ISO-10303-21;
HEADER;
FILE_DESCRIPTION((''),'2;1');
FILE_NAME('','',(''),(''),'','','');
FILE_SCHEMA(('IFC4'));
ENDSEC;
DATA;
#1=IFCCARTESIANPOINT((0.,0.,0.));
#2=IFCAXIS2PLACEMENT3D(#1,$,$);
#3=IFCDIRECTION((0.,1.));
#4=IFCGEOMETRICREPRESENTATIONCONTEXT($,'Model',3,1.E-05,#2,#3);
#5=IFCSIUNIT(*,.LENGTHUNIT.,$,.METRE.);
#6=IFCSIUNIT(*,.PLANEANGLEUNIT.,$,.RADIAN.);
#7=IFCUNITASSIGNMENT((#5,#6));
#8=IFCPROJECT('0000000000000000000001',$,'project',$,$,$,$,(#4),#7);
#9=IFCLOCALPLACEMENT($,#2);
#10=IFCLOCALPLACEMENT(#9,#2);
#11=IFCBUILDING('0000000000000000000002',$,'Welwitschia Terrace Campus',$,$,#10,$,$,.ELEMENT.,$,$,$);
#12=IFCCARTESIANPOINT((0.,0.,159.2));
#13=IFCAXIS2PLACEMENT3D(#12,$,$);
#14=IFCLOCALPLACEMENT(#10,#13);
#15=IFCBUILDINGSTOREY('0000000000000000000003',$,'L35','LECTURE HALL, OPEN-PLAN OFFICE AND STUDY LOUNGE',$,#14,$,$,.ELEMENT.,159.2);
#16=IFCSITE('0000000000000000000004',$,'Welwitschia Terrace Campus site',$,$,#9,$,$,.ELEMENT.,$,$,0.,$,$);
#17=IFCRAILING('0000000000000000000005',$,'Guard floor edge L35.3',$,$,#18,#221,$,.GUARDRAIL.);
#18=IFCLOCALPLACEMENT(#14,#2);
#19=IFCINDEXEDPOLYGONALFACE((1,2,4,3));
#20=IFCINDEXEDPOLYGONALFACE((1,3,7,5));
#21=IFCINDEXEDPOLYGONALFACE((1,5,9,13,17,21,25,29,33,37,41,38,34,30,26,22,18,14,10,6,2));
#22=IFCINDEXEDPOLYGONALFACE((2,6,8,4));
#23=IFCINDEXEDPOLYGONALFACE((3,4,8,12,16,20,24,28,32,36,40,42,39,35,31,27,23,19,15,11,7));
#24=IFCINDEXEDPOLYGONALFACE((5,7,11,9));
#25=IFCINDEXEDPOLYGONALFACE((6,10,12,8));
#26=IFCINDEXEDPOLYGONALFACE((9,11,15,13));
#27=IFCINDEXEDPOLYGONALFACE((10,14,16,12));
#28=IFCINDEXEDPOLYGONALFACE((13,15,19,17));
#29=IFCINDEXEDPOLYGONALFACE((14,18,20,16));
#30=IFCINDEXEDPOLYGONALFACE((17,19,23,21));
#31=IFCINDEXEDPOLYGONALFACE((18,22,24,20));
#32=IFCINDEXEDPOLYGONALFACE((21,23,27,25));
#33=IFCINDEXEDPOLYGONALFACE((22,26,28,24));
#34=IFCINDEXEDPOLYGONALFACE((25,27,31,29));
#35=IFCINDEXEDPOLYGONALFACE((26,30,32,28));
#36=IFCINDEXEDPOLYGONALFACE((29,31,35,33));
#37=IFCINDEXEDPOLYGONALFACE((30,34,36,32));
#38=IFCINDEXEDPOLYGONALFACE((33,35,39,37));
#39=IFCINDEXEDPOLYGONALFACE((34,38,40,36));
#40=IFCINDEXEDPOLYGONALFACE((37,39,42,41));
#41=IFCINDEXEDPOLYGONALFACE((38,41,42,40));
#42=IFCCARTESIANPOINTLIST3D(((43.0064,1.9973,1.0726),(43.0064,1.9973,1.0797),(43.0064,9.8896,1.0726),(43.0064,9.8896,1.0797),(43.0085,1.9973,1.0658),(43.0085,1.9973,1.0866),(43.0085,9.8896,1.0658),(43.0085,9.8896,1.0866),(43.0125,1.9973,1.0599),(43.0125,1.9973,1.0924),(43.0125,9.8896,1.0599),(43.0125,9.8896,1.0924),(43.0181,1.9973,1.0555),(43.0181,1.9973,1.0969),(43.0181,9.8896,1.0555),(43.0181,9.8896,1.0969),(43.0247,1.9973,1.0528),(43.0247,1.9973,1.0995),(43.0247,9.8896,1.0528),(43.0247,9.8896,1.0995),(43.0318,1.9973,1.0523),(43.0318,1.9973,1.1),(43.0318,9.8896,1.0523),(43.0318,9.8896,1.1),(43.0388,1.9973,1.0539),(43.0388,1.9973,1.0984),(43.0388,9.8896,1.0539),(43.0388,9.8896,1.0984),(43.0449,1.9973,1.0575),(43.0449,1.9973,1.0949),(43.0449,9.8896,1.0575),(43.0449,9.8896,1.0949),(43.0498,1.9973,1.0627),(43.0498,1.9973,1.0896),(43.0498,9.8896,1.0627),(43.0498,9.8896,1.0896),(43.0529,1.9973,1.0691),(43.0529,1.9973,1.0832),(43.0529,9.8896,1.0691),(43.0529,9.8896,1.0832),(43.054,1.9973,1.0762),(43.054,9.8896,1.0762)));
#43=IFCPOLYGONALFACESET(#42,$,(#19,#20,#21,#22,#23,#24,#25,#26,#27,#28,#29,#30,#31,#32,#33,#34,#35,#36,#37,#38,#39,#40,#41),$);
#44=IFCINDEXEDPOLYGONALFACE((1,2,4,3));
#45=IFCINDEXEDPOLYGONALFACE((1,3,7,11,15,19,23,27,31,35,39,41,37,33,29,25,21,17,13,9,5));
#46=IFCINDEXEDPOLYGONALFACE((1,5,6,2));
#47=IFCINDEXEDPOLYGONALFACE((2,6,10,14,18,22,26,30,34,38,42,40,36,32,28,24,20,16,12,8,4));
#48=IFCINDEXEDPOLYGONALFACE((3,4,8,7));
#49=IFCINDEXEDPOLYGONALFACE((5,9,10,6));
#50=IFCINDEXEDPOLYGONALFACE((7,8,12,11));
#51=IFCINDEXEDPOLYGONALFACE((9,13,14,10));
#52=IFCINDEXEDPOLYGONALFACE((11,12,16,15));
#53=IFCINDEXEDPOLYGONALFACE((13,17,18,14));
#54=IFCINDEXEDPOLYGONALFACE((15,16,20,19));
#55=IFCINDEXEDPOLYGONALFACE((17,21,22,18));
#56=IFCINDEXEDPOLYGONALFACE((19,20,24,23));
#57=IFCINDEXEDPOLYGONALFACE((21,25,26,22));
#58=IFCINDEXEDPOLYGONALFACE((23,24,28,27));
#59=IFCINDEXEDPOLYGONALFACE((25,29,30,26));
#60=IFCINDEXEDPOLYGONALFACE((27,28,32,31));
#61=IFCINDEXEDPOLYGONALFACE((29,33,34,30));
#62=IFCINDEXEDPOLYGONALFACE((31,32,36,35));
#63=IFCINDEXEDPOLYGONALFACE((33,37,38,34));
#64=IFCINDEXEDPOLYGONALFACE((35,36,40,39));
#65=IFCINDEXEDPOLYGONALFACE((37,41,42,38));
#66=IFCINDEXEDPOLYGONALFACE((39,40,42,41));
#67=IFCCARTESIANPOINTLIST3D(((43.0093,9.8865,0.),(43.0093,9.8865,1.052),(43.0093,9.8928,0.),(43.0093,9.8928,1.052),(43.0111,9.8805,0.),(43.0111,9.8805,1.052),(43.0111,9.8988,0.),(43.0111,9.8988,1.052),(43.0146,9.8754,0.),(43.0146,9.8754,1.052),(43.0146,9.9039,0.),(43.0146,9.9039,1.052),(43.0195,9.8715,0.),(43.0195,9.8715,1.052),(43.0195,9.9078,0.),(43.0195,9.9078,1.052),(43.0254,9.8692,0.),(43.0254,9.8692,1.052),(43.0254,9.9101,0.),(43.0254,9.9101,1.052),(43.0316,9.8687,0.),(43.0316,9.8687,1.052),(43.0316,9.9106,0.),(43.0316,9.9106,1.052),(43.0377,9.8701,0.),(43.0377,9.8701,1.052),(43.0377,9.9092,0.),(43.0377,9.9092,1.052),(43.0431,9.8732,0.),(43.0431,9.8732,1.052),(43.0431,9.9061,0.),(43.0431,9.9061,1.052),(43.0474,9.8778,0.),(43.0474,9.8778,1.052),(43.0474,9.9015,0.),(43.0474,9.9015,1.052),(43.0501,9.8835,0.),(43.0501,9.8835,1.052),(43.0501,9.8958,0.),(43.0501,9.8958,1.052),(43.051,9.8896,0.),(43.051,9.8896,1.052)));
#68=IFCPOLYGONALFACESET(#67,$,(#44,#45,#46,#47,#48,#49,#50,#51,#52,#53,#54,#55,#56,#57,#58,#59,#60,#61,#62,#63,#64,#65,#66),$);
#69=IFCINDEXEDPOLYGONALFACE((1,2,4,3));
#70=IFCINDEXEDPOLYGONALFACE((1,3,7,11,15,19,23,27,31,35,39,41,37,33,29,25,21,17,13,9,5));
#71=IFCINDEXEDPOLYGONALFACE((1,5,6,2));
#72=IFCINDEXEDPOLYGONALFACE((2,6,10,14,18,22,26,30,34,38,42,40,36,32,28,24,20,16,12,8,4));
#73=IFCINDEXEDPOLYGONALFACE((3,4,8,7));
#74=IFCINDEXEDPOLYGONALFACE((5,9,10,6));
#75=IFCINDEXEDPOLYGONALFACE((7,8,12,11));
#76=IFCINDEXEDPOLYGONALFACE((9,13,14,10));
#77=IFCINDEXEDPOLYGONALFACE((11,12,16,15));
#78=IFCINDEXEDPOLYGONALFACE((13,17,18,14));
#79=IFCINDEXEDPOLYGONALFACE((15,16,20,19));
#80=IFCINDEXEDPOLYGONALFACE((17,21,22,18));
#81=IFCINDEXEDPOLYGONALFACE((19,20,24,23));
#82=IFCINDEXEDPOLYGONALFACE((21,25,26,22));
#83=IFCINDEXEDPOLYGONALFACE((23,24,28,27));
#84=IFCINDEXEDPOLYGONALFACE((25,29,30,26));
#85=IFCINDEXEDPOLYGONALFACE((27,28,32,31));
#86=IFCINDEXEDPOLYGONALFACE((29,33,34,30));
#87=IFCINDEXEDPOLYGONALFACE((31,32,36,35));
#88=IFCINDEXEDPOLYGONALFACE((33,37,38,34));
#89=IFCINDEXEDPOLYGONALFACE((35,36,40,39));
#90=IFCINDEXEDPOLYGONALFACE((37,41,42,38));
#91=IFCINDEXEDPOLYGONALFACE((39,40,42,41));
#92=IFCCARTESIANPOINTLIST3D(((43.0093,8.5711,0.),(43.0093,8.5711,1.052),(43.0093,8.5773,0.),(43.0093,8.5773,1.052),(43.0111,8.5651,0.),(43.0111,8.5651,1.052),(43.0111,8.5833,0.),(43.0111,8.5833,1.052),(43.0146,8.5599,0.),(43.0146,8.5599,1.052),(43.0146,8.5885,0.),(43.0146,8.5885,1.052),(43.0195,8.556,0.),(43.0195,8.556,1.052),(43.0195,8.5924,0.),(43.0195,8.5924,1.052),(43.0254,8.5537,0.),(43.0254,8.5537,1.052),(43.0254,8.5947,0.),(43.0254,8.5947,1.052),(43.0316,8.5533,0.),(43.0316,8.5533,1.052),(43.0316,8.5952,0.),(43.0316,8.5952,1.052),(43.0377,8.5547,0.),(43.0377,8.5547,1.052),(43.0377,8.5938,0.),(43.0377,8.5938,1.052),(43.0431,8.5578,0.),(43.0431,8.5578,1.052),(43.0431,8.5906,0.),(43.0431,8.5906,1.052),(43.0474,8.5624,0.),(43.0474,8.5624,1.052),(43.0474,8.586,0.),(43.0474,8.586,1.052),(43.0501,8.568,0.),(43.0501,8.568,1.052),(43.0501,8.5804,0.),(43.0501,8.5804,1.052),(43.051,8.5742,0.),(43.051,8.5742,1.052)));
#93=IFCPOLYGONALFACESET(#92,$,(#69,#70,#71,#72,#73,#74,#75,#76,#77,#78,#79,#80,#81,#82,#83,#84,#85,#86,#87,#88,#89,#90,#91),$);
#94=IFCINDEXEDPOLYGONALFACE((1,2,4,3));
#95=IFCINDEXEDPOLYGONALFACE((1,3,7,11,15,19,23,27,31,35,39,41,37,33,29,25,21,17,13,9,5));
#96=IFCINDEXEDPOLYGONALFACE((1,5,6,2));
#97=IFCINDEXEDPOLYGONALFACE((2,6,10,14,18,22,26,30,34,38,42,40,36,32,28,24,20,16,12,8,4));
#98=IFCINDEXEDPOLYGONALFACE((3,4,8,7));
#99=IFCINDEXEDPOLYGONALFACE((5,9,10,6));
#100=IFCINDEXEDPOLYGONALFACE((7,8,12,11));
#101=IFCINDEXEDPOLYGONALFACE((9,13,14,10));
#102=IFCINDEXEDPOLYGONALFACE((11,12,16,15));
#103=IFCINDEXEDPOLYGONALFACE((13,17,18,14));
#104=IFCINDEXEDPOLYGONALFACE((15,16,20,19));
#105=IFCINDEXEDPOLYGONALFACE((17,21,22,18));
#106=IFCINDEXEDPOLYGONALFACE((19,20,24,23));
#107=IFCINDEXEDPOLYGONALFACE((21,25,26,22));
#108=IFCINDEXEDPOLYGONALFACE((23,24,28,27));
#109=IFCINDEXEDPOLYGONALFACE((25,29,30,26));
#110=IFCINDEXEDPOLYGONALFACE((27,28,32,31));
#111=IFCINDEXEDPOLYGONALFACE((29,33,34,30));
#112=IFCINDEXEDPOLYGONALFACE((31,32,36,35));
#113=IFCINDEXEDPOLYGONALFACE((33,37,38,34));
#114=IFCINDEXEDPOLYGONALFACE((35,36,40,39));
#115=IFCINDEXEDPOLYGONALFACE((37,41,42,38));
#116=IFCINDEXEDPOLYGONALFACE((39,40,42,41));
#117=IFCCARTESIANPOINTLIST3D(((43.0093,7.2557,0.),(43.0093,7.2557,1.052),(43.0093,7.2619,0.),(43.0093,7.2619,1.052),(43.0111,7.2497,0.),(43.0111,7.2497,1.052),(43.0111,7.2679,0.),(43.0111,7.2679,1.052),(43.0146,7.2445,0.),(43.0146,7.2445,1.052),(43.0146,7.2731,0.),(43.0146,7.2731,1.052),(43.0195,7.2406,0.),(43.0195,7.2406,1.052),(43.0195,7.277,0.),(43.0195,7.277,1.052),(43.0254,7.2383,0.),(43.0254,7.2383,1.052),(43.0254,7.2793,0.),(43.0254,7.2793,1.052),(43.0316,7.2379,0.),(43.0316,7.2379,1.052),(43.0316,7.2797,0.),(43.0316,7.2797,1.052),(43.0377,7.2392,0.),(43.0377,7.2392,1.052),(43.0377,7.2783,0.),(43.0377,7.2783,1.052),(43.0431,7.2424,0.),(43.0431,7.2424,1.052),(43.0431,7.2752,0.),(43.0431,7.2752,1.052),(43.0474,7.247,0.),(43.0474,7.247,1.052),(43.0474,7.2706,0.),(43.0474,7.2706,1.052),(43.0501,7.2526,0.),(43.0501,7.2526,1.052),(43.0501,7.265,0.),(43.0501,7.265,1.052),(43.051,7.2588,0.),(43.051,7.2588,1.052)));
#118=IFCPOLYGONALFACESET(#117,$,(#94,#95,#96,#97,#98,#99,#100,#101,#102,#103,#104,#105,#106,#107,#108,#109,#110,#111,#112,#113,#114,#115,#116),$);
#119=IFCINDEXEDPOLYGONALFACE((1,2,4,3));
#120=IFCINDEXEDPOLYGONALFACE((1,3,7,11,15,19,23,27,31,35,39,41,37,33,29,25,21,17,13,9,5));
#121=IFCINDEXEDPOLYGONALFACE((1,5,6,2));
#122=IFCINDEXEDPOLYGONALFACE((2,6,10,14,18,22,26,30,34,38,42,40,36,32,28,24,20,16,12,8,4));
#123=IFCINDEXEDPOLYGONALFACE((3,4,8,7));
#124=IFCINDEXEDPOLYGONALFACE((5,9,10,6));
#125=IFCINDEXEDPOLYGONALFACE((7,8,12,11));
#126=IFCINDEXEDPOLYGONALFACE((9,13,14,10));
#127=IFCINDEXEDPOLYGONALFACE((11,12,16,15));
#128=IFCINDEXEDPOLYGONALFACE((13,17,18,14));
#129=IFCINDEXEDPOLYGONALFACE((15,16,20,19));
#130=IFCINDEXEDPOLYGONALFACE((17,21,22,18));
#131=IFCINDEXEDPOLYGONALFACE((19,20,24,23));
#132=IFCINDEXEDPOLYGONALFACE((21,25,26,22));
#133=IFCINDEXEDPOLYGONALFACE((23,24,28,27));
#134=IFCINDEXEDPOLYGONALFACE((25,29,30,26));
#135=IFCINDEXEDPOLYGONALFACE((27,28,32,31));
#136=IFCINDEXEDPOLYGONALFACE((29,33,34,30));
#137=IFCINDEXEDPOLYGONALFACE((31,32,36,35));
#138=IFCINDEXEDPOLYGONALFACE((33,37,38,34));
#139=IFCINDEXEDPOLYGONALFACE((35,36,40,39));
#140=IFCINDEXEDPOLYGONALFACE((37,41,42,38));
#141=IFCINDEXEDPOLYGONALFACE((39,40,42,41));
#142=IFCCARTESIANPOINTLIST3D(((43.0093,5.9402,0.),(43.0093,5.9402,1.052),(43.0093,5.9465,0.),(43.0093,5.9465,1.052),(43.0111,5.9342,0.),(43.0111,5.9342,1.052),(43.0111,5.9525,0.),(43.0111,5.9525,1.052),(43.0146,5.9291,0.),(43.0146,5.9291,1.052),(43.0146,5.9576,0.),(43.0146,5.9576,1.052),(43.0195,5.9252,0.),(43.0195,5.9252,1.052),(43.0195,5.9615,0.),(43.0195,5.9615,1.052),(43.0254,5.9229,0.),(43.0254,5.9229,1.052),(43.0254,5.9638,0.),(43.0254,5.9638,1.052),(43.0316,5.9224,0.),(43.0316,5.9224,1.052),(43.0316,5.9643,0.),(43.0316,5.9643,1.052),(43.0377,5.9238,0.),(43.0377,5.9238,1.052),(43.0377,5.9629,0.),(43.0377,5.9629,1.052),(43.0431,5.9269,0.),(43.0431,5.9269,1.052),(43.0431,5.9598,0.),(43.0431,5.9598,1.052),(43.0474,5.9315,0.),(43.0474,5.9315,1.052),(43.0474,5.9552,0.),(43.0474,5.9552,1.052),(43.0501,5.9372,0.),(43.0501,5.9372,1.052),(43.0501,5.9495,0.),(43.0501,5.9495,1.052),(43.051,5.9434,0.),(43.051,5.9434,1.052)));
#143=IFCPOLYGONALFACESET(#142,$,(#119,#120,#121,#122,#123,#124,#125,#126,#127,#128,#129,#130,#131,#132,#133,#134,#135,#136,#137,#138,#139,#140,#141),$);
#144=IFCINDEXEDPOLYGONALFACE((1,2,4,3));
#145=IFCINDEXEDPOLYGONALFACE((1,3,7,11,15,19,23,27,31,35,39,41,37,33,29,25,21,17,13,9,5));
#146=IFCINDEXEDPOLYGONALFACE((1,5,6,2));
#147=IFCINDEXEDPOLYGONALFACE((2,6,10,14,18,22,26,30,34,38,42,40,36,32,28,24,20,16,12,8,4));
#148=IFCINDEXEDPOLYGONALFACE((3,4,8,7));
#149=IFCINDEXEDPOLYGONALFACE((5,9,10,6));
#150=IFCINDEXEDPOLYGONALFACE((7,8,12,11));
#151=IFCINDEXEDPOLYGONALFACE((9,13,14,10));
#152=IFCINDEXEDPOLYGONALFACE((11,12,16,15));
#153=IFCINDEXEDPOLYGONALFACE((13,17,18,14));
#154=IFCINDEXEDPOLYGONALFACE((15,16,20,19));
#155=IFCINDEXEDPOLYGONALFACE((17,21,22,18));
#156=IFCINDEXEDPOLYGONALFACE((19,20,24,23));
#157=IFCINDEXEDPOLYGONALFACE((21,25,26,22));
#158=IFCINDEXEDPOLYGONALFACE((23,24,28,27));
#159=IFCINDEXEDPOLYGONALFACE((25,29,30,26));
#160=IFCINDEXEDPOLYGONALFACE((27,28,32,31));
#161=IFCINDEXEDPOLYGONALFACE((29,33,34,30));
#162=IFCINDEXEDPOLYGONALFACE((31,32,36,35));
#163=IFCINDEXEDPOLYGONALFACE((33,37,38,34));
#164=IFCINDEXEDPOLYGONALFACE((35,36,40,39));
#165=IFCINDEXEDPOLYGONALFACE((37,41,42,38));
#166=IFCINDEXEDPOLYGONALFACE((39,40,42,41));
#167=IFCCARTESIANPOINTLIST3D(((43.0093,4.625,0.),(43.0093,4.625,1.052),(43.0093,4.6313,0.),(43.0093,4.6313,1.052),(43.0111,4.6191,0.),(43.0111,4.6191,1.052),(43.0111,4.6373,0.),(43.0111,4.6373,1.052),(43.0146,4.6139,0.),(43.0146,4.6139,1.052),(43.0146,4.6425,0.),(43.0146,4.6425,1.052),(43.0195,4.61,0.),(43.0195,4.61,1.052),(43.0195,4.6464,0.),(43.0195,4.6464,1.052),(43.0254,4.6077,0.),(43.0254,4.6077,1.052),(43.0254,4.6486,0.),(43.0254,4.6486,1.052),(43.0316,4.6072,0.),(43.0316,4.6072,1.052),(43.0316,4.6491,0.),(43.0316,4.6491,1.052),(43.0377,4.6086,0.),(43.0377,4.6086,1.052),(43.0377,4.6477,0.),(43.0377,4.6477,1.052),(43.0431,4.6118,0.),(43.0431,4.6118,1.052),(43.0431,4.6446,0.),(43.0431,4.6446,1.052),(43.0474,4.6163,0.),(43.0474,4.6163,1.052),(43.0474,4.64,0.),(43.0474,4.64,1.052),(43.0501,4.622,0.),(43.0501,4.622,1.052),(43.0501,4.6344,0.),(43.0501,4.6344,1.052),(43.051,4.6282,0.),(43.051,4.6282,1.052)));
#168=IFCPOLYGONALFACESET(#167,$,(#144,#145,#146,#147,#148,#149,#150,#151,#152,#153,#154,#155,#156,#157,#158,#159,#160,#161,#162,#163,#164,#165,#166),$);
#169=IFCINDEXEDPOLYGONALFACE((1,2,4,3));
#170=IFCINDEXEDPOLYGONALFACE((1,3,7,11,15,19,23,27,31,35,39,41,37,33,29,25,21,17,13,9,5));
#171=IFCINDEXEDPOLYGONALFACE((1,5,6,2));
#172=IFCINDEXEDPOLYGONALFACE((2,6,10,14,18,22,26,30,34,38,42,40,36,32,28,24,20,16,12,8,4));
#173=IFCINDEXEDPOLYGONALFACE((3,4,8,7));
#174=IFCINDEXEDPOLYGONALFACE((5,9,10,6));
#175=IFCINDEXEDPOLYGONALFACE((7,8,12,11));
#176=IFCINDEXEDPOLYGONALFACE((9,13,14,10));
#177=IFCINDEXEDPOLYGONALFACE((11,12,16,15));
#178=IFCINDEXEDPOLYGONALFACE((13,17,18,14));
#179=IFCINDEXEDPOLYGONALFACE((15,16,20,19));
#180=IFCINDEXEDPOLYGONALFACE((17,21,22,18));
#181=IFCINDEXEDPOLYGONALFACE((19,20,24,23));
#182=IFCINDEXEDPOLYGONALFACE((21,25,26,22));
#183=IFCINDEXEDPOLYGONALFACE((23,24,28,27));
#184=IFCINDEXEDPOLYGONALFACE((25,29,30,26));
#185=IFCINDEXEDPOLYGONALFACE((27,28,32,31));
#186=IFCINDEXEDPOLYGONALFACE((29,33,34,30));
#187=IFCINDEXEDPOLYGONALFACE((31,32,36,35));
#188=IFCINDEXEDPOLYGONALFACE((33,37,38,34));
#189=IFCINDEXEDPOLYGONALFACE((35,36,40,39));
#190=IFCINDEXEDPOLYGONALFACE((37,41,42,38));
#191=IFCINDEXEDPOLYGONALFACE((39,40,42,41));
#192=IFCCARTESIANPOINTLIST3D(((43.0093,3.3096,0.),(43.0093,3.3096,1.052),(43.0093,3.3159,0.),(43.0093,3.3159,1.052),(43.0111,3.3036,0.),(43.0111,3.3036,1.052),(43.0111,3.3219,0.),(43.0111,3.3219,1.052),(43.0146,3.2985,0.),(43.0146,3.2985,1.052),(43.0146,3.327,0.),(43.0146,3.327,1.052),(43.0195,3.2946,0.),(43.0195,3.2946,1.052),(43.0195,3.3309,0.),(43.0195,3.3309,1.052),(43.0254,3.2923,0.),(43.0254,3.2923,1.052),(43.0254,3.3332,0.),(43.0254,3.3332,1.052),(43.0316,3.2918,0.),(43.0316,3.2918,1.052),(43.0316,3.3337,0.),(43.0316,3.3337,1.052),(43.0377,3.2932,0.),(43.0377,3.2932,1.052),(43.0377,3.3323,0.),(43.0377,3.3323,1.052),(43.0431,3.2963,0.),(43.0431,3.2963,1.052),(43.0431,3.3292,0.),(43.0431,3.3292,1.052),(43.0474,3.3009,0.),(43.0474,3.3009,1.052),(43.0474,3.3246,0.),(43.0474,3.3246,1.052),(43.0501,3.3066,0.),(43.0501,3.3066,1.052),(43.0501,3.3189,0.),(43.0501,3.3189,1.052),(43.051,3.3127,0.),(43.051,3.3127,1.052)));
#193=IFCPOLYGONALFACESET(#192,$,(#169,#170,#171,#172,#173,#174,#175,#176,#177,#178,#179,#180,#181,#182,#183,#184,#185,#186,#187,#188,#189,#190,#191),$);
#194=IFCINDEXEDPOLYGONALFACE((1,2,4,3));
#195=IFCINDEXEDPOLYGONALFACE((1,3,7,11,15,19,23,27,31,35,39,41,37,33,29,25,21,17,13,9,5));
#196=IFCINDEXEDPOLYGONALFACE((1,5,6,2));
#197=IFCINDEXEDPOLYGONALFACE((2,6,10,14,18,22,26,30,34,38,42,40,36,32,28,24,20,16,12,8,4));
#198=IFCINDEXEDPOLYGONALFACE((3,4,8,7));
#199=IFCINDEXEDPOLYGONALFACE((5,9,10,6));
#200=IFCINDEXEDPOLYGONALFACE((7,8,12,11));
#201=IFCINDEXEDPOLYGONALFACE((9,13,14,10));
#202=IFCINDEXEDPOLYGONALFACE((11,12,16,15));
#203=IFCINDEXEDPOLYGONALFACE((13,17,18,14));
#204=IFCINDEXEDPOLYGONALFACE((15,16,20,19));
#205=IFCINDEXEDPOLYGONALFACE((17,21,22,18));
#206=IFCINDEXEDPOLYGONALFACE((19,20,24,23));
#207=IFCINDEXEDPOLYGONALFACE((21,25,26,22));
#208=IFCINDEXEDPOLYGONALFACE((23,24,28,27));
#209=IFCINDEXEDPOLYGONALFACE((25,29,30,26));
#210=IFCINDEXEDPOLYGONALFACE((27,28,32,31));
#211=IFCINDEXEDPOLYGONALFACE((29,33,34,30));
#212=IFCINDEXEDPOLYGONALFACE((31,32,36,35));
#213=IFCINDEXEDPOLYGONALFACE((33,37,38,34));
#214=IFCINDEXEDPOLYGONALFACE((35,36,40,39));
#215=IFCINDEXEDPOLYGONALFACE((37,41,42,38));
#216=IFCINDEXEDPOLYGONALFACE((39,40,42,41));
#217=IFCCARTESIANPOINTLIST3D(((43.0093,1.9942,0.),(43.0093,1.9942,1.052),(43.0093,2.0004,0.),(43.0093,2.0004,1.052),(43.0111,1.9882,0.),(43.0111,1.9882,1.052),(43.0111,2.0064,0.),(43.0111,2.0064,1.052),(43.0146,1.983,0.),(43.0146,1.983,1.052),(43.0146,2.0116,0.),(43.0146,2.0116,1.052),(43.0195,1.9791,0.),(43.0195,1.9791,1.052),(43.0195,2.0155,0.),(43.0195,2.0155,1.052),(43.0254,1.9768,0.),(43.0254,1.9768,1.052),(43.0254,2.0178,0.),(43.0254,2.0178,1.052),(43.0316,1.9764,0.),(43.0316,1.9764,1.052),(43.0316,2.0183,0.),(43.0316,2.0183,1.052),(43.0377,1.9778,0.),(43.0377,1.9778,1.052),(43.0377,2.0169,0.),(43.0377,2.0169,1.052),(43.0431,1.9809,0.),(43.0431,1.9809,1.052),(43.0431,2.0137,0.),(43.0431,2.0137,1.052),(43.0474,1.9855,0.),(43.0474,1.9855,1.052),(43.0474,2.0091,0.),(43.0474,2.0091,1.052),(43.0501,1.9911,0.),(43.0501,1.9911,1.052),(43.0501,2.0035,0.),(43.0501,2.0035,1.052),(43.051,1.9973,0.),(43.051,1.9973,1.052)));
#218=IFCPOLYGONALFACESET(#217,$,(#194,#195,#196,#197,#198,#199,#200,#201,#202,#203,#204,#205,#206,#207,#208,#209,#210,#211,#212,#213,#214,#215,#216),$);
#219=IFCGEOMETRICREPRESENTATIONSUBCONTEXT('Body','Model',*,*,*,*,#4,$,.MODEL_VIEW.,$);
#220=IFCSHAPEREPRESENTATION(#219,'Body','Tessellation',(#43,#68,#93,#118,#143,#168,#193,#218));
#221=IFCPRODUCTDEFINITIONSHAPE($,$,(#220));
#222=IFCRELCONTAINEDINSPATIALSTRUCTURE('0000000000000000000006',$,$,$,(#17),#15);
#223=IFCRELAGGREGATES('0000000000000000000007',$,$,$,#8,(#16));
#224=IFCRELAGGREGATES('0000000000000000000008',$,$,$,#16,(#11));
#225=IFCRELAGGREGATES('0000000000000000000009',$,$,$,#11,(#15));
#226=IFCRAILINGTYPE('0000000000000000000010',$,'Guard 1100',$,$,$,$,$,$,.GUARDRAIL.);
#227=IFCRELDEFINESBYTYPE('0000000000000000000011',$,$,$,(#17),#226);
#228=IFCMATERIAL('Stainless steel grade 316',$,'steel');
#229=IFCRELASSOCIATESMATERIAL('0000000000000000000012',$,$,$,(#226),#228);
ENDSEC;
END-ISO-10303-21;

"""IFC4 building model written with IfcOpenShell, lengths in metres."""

from ifc_helpers import new_model, si_unit, direction, frame, origin, origin_2d, place, context, subcontext, project, spatial, circle, extrude, material, type_object, element, save


model = new_model("IFC4")

# Units and contexts
model_context = context("Model", 3, precision=1e-05, world=origin(), true_north=direction((0.0, 1.0)))
body_context = subcontext(model_context, "Body", "Model", "MODEL_VIEW")
ifc_project = project(units=[si_unit("LENGTHUNIT", "METRE"), si_unit("PLANEANGLEUNIT", "RADIAN")], contexts=[model_context])

# Site, building, storey
site_placement = place(None, origin())
site = spatial("IfcSite", under=ifc_project, at=site_placement, Name="Welwitschia Terrace Campus site", CompositionType="ELEMENT", RefElevation=0.0)
building_placement = place(site_placement, origin())
building = spatial("IfcBuilding", under=site, at=building_placement, Name="Welwitschia Terrace Campus", CompositionType="ELEMENT")
storey_placement = place(building_placement, frame((0.0, 0.0, 159.2)))
storey = spatial("IfcBuildingStorey", under=building, at=storey_placement, Name="L35", Description="LECTURE HALL, OPEN-PLAN OFFICE AND STUDY LOUNGE", CompositionType="ELEMENT", Elevation=159.2)

# Railing
ifc_material_1 = material(Name="Stainless steel grade 316", Category="steel")
railing_type = type_object("IfcRailingType", Name="Guard 1100", PredefinedType="GUARDRAIL", material=ifc_material_1)
railing_1_placement = place(storey_placement, frame((43.03, 9.8896, 0.0)))
element("IfcRailing", 1, at=railing_1_placement, inside=storey, type_object=railing_type, Name="Guard floor edge L35.3", PredefinedType="GUARDRAIL", context=body_context, shape_type="SweptSolid", body=[
    extrude(circle(Radius=0.0239, at=origin_2d()), frame((0.0, 0.0, 1.0762), z_axis=(0.0, -1.0, 0.0), x_axis=(1.0, 0.0, 0.0)), (0.0, 0.0, 1.0), 7.8923),
    extrude(circle(Radius=0.021, at=origin_2d()), origin(), (0.0, 0.0, 1.0), 1.052),
    extrude(circle(Radius=0.021, at=origin_2d()), frame((0.0, -1.3154, 0.0)), (0.0, 0.0, 1.0), 1.052),
    extrude(circle(Radius=0.021, at=origin_2d()), frame((0.0, -2.6309, 0.0)), (0.0, 0.0, 1.0), 1.052),
    extrude(circle(Radius=0.021, at=origin_2d()), frame((0.0, -3.9463, 0.0)), (0.0, 0.0, 1.0), 1.052),
    extrude(circle(Radius=0.021, at=origin_2d()), frame((0.0, -5.2615, 0.0)), (0.0, 0.0, 1.0), 1.052),
    extrude(circle(Radius=0.021, at=origin_2d()), frame((0.0, -6.5769, 0.0)), (0.0, 0.0, 1.0), 1.052),
    extrude(circle(Radius=0.021, at=origin_2d()), frame((0.0, -7.8923, 0.0)), (0.0, 0.0, 1.0), 1.052),
])

save(model, "model.ifc")
